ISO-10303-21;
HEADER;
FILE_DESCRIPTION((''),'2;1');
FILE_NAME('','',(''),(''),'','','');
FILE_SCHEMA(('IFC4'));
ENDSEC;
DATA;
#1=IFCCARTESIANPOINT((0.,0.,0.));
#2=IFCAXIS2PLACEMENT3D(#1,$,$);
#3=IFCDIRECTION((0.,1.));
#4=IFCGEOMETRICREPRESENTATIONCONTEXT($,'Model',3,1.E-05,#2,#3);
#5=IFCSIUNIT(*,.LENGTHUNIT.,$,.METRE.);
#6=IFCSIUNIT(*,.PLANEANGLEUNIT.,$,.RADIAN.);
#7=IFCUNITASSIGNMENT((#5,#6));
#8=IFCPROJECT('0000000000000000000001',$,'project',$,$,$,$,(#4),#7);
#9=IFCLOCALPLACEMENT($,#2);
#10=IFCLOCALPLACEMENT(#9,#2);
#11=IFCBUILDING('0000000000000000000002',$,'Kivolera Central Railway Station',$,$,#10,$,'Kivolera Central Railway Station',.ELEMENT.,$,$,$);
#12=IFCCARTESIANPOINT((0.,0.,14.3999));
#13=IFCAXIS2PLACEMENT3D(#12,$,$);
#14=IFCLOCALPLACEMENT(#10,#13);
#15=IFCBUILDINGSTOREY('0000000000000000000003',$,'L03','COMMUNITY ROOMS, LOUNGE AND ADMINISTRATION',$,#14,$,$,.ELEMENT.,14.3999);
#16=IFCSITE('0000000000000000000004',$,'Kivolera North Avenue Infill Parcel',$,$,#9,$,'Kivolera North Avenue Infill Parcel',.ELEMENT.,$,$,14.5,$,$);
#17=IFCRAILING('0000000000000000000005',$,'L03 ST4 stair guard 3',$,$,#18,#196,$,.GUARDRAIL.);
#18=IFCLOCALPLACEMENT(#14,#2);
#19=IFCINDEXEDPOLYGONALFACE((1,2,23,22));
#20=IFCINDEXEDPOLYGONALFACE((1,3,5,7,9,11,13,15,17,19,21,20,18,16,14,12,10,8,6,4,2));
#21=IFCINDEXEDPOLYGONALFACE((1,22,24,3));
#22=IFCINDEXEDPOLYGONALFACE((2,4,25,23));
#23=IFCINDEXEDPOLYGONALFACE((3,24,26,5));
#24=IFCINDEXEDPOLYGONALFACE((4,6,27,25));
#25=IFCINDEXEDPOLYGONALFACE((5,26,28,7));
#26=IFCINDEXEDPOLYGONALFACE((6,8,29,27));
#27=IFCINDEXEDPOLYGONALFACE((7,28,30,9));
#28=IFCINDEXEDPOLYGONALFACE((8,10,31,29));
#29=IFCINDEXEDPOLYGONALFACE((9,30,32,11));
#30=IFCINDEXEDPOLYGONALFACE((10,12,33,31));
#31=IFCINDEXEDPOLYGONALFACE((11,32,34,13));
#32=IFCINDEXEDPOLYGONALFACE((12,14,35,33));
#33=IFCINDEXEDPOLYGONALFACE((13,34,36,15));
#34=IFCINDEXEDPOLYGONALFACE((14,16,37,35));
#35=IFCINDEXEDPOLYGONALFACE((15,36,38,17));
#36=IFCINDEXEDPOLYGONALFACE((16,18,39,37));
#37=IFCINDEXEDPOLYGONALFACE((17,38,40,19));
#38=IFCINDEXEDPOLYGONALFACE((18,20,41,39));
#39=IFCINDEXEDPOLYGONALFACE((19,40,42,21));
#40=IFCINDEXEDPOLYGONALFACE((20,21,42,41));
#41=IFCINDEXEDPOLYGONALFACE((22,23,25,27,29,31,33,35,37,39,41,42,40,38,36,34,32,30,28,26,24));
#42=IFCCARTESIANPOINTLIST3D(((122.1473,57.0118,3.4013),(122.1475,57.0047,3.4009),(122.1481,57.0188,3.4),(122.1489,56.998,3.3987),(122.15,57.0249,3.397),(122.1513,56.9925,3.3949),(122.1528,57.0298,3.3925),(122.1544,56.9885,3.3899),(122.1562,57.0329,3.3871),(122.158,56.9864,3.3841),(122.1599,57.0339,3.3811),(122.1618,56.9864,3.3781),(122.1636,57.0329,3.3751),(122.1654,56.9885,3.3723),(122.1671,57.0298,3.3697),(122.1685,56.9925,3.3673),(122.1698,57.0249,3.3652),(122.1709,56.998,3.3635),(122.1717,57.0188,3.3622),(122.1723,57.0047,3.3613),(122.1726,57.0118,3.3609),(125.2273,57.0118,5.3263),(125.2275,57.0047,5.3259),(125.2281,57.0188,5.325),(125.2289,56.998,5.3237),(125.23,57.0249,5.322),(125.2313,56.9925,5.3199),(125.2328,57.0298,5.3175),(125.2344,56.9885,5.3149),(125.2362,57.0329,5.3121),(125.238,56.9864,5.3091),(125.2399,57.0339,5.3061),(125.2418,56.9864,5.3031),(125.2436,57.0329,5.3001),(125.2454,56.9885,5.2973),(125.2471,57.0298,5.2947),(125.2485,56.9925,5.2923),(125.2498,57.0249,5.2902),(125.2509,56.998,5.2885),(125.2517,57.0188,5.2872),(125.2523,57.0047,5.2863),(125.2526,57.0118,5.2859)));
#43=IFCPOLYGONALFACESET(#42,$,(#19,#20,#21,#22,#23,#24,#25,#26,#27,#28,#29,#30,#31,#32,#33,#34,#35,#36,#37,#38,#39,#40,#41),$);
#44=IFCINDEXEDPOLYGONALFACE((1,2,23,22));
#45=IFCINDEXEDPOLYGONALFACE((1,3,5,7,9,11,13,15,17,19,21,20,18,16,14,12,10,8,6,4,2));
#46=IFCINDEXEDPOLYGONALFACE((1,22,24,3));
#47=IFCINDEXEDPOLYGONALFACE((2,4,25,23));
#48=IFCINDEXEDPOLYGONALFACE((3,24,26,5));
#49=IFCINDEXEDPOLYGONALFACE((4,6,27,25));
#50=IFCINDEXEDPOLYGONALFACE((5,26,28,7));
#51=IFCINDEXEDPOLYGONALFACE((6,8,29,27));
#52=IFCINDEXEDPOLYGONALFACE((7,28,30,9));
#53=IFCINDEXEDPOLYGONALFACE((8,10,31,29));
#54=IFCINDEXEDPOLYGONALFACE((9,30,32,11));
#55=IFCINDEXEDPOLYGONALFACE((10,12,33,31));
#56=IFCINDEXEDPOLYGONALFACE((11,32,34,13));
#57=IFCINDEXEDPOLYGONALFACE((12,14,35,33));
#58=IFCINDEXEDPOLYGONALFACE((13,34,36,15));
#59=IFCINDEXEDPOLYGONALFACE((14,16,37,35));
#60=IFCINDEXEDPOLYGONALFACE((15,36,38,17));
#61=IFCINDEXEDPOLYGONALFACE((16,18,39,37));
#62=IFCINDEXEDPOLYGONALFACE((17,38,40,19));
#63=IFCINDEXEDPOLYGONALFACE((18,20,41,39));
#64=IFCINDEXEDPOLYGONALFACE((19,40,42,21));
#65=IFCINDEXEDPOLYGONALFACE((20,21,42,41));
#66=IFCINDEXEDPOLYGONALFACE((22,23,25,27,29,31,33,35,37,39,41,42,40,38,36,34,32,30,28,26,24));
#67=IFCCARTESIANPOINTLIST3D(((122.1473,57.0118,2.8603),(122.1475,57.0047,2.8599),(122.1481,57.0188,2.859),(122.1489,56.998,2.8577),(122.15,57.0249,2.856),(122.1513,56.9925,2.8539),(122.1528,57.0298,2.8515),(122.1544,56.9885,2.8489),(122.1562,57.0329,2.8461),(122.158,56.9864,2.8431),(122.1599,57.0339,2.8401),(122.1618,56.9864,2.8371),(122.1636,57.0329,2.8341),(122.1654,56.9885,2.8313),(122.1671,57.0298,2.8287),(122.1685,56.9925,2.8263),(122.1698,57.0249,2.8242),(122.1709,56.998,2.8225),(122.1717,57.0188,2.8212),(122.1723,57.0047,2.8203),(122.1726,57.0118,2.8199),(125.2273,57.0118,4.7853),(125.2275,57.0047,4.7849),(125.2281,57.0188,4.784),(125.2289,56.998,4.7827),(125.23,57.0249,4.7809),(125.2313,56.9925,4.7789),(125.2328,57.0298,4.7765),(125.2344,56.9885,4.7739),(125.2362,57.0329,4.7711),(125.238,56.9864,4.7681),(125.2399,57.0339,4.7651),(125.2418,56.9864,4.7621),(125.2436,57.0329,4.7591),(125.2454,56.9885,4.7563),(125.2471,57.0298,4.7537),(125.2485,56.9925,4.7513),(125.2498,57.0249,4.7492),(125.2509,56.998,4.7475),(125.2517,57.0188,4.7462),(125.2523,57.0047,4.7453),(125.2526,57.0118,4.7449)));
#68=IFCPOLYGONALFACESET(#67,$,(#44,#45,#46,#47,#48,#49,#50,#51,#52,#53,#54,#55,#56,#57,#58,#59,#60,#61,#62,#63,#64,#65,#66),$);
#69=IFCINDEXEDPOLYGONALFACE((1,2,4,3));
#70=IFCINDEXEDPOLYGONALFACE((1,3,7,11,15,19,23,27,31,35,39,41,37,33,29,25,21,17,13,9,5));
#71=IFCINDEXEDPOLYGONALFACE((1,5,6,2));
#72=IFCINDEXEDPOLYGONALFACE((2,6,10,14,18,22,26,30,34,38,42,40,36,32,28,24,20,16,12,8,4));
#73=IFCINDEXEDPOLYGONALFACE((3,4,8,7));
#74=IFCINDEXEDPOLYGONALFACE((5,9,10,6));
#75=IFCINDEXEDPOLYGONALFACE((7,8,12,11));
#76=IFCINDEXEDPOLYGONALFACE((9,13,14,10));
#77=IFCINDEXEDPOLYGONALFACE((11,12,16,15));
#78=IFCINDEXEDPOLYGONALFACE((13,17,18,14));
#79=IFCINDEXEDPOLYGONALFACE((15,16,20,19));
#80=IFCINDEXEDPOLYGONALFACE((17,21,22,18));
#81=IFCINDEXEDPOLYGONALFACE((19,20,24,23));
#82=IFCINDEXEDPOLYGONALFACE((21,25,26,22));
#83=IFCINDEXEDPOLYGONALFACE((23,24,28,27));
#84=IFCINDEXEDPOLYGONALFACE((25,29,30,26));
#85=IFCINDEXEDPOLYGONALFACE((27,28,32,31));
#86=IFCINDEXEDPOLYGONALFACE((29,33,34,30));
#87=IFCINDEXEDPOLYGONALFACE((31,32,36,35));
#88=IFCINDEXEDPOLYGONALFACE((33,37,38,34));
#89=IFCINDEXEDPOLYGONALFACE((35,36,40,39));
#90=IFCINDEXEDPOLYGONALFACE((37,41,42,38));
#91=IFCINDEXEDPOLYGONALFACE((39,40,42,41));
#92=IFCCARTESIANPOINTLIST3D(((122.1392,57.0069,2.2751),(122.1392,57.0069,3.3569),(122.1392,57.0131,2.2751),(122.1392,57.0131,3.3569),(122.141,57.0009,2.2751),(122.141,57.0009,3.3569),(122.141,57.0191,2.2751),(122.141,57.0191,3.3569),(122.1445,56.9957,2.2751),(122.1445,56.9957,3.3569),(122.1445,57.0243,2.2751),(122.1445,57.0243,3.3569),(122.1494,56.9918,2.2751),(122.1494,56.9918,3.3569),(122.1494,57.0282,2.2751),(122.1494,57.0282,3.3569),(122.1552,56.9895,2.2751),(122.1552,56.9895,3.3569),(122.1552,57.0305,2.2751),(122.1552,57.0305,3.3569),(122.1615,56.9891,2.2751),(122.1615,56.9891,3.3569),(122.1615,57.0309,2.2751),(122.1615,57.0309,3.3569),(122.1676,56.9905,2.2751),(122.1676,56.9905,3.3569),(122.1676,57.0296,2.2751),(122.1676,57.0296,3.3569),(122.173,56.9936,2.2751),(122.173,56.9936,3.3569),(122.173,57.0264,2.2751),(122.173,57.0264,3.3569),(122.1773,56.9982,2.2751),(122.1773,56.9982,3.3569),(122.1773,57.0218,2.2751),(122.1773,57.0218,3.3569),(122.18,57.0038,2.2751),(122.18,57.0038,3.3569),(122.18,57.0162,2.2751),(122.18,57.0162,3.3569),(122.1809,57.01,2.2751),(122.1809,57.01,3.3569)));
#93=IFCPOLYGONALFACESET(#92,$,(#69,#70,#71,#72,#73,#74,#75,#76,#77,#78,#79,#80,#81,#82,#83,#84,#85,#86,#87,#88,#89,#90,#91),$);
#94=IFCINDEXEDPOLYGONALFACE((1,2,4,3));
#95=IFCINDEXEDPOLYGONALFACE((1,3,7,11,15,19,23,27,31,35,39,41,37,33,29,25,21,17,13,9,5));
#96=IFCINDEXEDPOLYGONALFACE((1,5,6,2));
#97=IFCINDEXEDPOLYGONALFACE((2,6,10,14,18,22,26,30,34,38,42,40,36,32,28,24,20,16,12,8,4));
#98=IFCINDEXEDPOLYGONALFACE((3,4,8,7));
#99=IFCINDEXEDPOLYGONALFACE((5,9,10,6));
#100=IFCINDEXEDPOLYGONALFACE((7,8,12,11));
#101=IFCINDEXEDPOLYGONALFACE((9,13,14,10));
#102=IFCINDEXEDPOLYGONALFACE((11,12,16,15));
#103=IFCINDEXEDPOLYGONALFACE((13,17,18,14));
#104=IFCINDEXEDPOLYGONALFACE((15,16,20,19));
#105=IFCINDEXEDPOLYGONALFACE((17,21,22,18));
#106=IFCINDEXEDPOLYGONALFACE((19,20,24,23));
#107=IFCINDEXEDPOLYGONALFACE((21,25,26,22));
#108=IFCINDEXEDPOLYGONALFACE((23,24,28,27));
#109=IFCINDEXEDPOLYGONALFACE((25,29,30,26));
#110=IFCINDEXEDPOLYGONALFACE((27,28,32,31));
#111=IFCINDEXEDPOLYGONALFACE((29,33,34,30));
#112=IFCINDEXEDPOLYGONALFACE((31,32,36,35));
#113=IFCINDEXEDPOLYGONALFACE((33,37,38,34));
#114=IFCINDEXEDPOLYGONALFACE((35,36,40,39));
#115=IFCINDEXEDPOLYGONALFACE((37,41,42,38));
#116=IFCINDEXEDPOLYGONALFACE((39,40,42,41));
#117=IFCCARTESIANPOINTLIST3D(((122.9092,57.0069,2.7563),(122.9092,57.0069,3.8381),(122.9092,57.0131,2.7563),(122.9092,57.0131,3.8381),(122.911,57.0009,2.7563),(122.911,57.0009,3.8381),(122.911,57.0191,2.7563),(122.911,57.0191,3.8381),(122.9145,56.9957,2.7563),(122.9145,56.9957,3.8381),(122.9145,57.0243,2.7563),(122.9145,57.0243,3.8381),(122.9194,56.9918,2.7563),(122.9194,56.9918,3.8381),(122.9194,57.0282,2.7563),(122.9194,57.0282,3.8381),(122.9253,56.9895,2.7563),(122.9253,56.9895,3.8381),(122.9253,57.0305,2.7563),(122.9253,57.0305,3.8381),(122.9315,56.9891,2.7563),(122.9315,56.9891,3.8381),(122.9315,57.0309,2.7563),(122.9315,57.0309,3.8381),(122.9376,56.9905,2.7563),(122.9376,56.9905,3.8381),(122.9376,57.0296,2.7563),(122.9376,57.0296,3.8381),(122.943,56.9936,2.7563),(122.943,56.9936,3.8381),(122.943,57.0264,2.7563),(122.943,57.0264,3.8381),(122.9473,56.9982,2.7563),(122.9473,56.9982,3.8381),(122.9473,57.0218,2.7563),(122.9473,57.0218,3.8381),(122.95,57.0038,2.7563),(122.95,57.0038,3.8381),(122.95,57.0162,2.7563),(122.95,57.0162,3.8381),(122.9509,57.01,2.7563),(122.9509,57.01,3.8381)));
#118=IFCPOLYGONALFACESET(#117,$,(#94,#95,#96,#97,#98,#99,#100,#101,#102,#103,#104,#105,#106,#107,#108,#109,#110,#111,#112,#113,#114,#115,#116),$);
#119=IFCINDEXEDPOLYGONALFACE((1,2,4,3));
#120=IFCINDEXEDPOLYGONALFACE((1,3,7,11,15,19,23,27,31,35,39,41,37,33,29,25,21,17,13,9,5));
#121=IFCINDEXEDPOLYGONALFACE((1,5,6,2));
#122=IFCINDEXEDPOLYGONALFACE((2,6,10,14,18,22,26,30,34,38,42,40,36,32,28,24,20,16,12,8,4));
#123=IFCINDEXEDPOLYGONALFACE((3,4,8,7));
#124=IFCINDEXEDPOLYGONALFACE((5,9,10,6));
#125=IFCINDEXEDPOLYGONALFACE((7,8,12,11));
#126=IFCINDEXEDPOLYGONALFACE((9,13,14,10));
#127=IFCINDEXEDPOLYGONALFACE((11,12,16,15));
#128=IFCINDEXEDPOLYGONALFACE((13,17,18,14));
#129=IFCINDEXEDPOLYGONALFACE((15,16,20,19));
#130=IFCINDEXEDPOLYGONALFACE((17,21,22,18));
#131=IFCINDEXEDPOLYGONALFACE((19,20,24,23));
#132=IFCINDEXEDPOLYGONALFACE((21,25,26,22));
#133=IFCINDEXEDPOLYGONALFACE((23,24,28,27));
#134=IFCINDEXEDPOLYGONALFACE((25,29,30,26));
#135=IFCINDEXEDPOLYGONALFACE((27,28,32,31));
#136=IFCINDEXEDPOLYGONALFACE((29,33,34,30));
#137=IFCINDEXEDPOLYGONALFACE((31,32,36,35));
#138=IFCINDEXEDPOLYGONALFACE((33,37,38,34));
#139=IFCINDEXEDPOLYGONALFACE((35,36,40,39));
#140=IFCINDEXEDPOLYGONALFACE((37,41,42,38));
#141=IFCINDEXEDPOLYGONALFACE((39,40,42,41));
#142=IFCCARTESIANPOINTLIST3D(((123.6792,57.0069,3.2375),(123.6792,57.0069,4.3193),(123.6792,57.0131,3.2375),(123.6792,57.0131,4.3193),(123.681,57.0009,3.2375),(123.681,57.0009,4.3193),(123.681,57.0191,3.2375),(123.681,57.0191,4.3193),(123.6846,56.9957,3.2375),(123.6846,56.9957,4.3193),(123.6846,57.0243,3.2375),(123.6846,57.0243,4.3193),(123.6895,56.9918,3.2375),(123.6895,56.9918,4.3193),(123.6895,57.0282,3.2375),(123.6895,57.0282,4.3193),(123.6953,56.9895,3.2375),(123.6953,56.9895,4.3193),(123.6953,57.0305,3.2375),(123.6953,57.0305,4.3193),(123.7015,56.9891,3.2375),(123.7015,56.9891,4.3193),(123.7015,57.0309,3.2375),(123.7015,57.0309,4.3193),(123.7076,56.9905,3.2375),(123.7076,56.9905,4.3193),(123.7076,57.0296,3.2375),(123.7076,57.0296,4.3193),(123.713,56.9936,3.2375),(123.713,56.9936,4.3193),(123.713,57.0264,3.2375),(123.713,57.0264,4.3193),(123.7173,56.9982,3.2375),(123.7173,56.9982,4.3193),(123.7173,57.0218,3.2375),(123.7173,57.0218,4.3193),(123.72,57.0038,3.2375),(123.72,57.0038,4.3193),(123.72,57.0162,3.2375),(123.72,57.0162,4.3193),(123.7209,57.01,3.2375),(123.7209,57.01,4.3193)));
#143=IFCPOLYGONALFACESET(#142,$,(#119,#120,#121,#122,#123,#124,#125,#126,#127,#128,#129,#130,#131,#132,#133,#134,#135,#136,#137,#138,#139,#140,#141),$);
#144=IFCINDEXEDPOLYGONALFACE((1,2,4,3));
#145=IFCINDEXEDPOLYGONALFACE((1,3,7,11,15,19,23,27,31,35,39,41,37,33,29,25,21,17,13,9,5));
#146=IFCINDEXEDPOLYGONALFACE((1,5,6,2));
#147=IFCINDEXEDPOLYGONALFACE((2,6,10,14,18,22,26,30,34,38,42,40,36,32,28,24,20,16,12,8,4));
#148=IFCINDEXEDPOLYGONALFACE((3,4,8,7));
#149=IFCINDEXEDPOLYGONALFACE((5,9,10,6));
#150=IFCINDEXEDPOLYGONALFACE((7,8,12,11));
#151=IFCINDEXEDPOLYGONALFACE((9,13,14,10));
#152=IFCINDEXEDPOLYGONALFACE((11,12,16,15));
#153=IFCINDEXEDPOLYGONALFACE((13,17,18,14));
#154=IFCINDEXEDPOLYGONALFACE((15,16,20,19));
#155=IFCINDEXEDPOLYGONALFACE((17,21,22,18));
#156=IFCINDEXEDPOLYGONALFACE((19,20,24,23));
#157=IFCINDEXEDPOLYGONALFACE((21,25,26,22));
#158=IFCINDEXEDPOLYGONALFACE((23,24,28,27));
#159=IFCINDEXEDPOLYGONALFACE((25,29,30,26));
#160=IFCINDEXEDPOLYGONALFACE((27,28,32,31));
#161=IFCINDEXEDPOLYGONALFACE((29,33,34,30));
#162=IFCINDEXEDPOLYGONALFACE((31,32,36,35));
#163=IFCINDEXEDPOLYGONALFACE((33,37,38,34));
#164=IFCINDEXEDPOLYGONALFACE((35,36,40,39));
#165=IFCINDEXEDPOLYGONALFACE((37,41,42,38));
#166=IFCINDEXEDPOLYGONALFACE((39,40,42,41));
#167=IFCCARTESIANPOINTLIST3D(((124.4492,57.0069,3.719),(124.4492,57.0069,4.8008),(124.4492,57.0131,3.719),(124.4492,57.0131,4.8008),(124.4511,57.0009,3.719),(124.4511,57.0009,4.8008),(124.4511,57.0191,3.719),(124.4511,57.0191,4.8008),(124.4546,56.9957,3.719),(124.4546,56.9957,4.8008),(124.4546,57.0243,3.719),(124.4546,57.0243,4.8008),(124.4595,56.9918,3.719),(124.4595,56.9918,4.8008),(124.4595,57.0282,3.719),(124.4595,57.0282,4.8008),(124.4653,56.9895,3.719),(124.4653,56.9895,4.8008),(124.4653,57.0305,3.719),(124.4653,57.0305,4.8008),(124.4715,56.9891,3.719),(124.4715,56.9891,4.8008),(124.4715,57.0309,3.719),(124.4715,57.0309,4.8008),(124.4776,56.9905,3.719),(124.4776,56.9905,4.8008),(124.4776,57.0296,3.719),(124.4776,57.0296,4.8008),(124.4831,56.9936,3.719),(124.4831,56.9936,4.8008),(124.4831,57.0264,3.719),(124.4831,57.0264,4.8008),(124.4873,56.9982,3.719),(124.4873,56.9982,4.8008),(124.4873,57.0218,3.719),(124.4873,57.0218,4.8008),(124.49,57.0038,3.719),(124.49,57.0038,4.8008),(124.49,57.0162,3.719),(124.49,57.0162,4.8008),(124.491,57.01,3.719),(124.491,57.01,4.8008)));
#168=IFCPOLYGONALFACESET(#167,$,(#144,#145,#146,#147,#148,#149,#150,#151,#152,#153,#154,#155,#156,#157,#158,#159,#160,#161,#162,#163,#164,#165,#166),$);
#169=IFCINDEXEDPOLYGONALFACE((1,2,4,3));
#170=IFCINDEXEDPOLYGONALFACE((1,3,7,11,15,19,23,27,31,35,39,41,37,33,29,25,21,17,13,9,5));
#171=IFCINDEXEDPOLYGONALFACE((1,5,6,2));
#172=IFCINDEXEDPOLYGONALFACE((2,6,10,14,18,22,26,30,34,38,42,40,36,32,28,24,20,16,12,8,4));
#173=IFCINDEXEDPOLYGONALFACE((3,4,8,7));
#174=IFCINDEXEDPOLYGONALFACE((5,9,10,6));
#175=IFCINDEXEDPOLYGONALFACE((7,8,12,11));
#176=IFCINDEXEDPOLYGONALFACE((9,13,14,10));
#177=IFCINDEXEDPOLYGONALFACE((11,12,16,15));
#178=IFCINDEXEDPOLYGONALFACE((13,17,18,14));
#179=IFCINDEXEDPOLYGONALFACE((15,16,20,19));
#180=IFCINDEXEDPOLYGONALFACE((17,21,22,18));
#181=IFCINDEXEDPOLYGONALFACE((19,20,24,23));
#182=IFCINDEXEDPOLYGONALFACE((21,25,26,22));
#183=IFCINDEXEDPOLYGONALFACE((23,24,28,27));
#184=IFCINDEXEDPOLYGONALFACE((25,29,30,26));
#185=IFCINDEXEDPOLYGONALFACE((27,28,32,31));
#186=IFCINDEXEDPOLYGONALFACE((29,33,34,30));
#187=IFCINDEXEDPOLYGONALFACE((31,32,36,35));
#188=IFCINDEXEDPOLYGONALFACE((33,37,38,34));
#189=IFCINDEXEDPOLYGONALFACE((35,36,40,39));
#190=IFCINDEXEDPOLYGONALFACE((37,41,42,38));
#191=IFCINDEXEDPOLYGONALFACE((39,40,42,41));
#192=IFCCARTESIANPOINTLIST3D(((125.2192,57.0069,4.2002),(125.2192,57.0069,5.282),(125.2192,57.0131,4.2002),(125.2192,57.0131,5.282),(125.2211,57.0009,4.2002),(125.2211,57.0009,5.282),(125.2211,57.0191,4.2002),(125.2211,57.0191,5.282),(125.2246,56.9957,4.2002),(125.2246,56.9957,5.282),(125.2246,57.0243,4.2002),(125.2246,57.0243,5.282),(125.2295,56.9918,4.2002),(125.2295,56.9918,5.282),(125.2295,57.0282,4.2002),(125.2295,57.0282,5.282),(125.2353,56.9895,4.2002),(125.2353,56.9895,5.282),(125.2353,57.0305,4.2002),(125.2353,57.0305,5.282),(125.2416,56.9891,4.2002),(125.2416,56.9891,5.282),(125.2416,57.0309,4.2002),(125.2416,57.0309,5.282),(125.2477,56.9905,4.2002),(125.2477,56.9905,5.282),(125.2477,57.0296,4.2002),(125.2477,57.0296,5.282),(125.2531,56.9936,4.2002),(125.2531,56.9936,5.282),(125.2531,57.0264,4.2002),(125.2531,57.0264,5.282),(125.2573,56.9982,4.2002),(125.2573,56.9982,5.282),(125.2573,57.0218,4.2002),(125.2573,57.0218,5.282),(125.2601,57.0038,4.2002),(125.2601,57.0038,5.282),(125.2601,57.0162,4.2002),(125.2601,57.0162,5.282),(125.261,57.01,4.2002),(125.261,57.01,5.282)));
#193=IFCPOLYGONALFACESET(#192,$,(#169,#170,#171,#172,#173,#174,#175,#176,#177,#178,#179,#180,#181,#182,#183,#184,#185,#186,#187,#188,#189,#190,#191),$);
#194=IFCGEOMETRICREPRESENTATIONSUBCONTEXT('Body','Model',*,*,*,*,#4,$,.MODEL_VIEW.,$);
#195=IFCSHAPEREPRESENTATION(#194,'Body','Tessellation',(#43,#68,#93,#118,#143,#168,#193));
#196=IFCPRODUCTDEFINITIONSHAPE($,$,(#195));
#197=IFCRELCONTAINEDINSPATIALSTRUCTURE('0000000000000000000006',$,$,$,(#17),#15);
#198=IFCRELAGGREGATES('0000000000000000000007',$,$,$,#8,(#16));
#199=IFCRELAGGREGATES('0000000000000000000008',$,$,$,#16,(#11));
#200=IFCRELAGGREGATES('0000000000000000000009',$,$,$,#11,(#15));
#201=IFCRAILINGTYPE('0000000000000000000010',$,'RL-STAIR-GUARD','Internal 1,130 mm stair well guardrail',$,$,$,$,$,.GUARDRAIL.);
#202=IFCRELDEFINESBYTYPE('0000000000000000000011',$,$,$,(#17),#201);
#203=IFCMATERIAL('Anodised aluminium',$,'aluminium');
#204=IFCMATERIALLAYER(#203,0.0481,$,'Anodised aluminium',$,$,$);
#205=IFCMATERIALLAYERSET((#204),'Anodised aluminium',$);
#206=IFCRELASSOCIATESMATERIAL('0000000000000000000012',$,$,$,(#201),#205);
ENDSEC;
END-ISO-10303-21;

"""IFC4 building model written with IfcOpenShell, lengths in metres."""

from ifc_helpers import new_model, si_unit, direction, frame, origin, origin_2d, place, context, subcontext, project, spatial, circle, extrude, material, layer, layer_set, type_object, element, save


model = new_model("IFC4")

# Units and contexts
model_context = context("Model", 3, precision=1e-05, world=origin(), true_north=direction((0.0, 1.0)))
body_context = subcontext(model_context, "Body", "Model", "MODEL_VIEW")
ifc_project = project(units=[si_unit("LENGTHUNIT", "METRE"), si_unit("PLANEANGLEUNIT", "RADIAN")], contexts=[model_context])

# Site, building, storey
site_placement = place(None, origin())
site = spatial("IfcSite", under=ifc_project, at=site_placement, Name="Kivolera North Avenue Infill Parcel", LongName="Kivolera North Avenue Infill Parcel", CompositionType="ELEMENT", RefElevation=14.5)
building_placement = place(site_placement, origin())
building = spatial("IfcBuilding", under=site, at=building_placement, Name="Kivolera Central Railway Station", LongName="Kivolera Central Railway Station", CompositionType="ELEMENT")
storey_placement = place(building_placement, frame((0.0, 0.0, 14.3999)))
storey = spatial("IfcBuildingStorey", under=building, at=storey_placement, Name="L03", Description="COMMUNITY ROOMS, LOUNGE AND ADMINISTRATION", CompositionType="ELEMENT", Elevation=14.3999)

# Shared definitions
ifc_material_1 = material(Name="Anodised aluminium", Category="aluminium")

# Railing
ifc_layer_1 = layer(ifc_material_1, 0.0481, Name="Anodised aluminium")
ifc_layer_set_1 = layer_set([ifc_layer_1], Name="Anodised aluminium")
railing_type_1 = type_object("IfcRailingType", Name="RL-STAIR-GUARD", Description="Internal 1,130 mm stair well guardrail", PredefinedType="GUARDRAIL", material=ifc_layer_set_1)
railing_1_placement = place(storey_placement, frame((122.1599, 57.01, 2.2751)))
element("IfcRailing", 1, at=railing_1_placement, inside=storey, type_object=railing_type_1, Name="L03 ST4 stair guard 3", PredefinedType="GUARDRAIL", context=body_context, shape_type="SweptSolid", body=[
    extrude(circle(Radius=0.0239, at=origin_2d()), frame((0.0, 0.0, 1.106), z_axis=(0.847998, 0.0, 0.529999), x_axis=(0.0, 1.0, 0.0)), (0.0, 0.0, 1.0), 3.6321),
    extrude(circle(Radius=0.0239, at=origin_2d()), frame((0.0, 0.0, 0.5649), z_axis=(0.847998, 0.0, 0.529999), x_axis=(0.0, 1.0, 0.0)), (0.0, 0.0, 1.0), 3.6321),
    extrude(circle(Radius=0.021, at=origin_2d()), origin(), (0.0, 0.0, 1.0), 1.0818),
    extrude(circle(Radius=0.021, at=origin_2d()), frame((0.77, 0.0, 0.4812)), (0.0, 0.0, 1.0), 1.0818),
    extrude(circle(Radius=0.021, at=origin_2d()), frame((1.54, 0.0, 0.9624)), (0.0, 0.0, 1.0), 1.0818),
    extrude(circle(Radius=0.021, at=origin_2d()), frame((2.3101, 0.0, 1.4438)), (0.0, 0.0, 1.0), 1.0818),
    extrude(circle(Radius=0.021, at=origin_2d()), frame((3.0801, 0.0, 1.925)), (0.0, 0.0, 1.0), 1.0818),
])

save(model, "model.ifc")
